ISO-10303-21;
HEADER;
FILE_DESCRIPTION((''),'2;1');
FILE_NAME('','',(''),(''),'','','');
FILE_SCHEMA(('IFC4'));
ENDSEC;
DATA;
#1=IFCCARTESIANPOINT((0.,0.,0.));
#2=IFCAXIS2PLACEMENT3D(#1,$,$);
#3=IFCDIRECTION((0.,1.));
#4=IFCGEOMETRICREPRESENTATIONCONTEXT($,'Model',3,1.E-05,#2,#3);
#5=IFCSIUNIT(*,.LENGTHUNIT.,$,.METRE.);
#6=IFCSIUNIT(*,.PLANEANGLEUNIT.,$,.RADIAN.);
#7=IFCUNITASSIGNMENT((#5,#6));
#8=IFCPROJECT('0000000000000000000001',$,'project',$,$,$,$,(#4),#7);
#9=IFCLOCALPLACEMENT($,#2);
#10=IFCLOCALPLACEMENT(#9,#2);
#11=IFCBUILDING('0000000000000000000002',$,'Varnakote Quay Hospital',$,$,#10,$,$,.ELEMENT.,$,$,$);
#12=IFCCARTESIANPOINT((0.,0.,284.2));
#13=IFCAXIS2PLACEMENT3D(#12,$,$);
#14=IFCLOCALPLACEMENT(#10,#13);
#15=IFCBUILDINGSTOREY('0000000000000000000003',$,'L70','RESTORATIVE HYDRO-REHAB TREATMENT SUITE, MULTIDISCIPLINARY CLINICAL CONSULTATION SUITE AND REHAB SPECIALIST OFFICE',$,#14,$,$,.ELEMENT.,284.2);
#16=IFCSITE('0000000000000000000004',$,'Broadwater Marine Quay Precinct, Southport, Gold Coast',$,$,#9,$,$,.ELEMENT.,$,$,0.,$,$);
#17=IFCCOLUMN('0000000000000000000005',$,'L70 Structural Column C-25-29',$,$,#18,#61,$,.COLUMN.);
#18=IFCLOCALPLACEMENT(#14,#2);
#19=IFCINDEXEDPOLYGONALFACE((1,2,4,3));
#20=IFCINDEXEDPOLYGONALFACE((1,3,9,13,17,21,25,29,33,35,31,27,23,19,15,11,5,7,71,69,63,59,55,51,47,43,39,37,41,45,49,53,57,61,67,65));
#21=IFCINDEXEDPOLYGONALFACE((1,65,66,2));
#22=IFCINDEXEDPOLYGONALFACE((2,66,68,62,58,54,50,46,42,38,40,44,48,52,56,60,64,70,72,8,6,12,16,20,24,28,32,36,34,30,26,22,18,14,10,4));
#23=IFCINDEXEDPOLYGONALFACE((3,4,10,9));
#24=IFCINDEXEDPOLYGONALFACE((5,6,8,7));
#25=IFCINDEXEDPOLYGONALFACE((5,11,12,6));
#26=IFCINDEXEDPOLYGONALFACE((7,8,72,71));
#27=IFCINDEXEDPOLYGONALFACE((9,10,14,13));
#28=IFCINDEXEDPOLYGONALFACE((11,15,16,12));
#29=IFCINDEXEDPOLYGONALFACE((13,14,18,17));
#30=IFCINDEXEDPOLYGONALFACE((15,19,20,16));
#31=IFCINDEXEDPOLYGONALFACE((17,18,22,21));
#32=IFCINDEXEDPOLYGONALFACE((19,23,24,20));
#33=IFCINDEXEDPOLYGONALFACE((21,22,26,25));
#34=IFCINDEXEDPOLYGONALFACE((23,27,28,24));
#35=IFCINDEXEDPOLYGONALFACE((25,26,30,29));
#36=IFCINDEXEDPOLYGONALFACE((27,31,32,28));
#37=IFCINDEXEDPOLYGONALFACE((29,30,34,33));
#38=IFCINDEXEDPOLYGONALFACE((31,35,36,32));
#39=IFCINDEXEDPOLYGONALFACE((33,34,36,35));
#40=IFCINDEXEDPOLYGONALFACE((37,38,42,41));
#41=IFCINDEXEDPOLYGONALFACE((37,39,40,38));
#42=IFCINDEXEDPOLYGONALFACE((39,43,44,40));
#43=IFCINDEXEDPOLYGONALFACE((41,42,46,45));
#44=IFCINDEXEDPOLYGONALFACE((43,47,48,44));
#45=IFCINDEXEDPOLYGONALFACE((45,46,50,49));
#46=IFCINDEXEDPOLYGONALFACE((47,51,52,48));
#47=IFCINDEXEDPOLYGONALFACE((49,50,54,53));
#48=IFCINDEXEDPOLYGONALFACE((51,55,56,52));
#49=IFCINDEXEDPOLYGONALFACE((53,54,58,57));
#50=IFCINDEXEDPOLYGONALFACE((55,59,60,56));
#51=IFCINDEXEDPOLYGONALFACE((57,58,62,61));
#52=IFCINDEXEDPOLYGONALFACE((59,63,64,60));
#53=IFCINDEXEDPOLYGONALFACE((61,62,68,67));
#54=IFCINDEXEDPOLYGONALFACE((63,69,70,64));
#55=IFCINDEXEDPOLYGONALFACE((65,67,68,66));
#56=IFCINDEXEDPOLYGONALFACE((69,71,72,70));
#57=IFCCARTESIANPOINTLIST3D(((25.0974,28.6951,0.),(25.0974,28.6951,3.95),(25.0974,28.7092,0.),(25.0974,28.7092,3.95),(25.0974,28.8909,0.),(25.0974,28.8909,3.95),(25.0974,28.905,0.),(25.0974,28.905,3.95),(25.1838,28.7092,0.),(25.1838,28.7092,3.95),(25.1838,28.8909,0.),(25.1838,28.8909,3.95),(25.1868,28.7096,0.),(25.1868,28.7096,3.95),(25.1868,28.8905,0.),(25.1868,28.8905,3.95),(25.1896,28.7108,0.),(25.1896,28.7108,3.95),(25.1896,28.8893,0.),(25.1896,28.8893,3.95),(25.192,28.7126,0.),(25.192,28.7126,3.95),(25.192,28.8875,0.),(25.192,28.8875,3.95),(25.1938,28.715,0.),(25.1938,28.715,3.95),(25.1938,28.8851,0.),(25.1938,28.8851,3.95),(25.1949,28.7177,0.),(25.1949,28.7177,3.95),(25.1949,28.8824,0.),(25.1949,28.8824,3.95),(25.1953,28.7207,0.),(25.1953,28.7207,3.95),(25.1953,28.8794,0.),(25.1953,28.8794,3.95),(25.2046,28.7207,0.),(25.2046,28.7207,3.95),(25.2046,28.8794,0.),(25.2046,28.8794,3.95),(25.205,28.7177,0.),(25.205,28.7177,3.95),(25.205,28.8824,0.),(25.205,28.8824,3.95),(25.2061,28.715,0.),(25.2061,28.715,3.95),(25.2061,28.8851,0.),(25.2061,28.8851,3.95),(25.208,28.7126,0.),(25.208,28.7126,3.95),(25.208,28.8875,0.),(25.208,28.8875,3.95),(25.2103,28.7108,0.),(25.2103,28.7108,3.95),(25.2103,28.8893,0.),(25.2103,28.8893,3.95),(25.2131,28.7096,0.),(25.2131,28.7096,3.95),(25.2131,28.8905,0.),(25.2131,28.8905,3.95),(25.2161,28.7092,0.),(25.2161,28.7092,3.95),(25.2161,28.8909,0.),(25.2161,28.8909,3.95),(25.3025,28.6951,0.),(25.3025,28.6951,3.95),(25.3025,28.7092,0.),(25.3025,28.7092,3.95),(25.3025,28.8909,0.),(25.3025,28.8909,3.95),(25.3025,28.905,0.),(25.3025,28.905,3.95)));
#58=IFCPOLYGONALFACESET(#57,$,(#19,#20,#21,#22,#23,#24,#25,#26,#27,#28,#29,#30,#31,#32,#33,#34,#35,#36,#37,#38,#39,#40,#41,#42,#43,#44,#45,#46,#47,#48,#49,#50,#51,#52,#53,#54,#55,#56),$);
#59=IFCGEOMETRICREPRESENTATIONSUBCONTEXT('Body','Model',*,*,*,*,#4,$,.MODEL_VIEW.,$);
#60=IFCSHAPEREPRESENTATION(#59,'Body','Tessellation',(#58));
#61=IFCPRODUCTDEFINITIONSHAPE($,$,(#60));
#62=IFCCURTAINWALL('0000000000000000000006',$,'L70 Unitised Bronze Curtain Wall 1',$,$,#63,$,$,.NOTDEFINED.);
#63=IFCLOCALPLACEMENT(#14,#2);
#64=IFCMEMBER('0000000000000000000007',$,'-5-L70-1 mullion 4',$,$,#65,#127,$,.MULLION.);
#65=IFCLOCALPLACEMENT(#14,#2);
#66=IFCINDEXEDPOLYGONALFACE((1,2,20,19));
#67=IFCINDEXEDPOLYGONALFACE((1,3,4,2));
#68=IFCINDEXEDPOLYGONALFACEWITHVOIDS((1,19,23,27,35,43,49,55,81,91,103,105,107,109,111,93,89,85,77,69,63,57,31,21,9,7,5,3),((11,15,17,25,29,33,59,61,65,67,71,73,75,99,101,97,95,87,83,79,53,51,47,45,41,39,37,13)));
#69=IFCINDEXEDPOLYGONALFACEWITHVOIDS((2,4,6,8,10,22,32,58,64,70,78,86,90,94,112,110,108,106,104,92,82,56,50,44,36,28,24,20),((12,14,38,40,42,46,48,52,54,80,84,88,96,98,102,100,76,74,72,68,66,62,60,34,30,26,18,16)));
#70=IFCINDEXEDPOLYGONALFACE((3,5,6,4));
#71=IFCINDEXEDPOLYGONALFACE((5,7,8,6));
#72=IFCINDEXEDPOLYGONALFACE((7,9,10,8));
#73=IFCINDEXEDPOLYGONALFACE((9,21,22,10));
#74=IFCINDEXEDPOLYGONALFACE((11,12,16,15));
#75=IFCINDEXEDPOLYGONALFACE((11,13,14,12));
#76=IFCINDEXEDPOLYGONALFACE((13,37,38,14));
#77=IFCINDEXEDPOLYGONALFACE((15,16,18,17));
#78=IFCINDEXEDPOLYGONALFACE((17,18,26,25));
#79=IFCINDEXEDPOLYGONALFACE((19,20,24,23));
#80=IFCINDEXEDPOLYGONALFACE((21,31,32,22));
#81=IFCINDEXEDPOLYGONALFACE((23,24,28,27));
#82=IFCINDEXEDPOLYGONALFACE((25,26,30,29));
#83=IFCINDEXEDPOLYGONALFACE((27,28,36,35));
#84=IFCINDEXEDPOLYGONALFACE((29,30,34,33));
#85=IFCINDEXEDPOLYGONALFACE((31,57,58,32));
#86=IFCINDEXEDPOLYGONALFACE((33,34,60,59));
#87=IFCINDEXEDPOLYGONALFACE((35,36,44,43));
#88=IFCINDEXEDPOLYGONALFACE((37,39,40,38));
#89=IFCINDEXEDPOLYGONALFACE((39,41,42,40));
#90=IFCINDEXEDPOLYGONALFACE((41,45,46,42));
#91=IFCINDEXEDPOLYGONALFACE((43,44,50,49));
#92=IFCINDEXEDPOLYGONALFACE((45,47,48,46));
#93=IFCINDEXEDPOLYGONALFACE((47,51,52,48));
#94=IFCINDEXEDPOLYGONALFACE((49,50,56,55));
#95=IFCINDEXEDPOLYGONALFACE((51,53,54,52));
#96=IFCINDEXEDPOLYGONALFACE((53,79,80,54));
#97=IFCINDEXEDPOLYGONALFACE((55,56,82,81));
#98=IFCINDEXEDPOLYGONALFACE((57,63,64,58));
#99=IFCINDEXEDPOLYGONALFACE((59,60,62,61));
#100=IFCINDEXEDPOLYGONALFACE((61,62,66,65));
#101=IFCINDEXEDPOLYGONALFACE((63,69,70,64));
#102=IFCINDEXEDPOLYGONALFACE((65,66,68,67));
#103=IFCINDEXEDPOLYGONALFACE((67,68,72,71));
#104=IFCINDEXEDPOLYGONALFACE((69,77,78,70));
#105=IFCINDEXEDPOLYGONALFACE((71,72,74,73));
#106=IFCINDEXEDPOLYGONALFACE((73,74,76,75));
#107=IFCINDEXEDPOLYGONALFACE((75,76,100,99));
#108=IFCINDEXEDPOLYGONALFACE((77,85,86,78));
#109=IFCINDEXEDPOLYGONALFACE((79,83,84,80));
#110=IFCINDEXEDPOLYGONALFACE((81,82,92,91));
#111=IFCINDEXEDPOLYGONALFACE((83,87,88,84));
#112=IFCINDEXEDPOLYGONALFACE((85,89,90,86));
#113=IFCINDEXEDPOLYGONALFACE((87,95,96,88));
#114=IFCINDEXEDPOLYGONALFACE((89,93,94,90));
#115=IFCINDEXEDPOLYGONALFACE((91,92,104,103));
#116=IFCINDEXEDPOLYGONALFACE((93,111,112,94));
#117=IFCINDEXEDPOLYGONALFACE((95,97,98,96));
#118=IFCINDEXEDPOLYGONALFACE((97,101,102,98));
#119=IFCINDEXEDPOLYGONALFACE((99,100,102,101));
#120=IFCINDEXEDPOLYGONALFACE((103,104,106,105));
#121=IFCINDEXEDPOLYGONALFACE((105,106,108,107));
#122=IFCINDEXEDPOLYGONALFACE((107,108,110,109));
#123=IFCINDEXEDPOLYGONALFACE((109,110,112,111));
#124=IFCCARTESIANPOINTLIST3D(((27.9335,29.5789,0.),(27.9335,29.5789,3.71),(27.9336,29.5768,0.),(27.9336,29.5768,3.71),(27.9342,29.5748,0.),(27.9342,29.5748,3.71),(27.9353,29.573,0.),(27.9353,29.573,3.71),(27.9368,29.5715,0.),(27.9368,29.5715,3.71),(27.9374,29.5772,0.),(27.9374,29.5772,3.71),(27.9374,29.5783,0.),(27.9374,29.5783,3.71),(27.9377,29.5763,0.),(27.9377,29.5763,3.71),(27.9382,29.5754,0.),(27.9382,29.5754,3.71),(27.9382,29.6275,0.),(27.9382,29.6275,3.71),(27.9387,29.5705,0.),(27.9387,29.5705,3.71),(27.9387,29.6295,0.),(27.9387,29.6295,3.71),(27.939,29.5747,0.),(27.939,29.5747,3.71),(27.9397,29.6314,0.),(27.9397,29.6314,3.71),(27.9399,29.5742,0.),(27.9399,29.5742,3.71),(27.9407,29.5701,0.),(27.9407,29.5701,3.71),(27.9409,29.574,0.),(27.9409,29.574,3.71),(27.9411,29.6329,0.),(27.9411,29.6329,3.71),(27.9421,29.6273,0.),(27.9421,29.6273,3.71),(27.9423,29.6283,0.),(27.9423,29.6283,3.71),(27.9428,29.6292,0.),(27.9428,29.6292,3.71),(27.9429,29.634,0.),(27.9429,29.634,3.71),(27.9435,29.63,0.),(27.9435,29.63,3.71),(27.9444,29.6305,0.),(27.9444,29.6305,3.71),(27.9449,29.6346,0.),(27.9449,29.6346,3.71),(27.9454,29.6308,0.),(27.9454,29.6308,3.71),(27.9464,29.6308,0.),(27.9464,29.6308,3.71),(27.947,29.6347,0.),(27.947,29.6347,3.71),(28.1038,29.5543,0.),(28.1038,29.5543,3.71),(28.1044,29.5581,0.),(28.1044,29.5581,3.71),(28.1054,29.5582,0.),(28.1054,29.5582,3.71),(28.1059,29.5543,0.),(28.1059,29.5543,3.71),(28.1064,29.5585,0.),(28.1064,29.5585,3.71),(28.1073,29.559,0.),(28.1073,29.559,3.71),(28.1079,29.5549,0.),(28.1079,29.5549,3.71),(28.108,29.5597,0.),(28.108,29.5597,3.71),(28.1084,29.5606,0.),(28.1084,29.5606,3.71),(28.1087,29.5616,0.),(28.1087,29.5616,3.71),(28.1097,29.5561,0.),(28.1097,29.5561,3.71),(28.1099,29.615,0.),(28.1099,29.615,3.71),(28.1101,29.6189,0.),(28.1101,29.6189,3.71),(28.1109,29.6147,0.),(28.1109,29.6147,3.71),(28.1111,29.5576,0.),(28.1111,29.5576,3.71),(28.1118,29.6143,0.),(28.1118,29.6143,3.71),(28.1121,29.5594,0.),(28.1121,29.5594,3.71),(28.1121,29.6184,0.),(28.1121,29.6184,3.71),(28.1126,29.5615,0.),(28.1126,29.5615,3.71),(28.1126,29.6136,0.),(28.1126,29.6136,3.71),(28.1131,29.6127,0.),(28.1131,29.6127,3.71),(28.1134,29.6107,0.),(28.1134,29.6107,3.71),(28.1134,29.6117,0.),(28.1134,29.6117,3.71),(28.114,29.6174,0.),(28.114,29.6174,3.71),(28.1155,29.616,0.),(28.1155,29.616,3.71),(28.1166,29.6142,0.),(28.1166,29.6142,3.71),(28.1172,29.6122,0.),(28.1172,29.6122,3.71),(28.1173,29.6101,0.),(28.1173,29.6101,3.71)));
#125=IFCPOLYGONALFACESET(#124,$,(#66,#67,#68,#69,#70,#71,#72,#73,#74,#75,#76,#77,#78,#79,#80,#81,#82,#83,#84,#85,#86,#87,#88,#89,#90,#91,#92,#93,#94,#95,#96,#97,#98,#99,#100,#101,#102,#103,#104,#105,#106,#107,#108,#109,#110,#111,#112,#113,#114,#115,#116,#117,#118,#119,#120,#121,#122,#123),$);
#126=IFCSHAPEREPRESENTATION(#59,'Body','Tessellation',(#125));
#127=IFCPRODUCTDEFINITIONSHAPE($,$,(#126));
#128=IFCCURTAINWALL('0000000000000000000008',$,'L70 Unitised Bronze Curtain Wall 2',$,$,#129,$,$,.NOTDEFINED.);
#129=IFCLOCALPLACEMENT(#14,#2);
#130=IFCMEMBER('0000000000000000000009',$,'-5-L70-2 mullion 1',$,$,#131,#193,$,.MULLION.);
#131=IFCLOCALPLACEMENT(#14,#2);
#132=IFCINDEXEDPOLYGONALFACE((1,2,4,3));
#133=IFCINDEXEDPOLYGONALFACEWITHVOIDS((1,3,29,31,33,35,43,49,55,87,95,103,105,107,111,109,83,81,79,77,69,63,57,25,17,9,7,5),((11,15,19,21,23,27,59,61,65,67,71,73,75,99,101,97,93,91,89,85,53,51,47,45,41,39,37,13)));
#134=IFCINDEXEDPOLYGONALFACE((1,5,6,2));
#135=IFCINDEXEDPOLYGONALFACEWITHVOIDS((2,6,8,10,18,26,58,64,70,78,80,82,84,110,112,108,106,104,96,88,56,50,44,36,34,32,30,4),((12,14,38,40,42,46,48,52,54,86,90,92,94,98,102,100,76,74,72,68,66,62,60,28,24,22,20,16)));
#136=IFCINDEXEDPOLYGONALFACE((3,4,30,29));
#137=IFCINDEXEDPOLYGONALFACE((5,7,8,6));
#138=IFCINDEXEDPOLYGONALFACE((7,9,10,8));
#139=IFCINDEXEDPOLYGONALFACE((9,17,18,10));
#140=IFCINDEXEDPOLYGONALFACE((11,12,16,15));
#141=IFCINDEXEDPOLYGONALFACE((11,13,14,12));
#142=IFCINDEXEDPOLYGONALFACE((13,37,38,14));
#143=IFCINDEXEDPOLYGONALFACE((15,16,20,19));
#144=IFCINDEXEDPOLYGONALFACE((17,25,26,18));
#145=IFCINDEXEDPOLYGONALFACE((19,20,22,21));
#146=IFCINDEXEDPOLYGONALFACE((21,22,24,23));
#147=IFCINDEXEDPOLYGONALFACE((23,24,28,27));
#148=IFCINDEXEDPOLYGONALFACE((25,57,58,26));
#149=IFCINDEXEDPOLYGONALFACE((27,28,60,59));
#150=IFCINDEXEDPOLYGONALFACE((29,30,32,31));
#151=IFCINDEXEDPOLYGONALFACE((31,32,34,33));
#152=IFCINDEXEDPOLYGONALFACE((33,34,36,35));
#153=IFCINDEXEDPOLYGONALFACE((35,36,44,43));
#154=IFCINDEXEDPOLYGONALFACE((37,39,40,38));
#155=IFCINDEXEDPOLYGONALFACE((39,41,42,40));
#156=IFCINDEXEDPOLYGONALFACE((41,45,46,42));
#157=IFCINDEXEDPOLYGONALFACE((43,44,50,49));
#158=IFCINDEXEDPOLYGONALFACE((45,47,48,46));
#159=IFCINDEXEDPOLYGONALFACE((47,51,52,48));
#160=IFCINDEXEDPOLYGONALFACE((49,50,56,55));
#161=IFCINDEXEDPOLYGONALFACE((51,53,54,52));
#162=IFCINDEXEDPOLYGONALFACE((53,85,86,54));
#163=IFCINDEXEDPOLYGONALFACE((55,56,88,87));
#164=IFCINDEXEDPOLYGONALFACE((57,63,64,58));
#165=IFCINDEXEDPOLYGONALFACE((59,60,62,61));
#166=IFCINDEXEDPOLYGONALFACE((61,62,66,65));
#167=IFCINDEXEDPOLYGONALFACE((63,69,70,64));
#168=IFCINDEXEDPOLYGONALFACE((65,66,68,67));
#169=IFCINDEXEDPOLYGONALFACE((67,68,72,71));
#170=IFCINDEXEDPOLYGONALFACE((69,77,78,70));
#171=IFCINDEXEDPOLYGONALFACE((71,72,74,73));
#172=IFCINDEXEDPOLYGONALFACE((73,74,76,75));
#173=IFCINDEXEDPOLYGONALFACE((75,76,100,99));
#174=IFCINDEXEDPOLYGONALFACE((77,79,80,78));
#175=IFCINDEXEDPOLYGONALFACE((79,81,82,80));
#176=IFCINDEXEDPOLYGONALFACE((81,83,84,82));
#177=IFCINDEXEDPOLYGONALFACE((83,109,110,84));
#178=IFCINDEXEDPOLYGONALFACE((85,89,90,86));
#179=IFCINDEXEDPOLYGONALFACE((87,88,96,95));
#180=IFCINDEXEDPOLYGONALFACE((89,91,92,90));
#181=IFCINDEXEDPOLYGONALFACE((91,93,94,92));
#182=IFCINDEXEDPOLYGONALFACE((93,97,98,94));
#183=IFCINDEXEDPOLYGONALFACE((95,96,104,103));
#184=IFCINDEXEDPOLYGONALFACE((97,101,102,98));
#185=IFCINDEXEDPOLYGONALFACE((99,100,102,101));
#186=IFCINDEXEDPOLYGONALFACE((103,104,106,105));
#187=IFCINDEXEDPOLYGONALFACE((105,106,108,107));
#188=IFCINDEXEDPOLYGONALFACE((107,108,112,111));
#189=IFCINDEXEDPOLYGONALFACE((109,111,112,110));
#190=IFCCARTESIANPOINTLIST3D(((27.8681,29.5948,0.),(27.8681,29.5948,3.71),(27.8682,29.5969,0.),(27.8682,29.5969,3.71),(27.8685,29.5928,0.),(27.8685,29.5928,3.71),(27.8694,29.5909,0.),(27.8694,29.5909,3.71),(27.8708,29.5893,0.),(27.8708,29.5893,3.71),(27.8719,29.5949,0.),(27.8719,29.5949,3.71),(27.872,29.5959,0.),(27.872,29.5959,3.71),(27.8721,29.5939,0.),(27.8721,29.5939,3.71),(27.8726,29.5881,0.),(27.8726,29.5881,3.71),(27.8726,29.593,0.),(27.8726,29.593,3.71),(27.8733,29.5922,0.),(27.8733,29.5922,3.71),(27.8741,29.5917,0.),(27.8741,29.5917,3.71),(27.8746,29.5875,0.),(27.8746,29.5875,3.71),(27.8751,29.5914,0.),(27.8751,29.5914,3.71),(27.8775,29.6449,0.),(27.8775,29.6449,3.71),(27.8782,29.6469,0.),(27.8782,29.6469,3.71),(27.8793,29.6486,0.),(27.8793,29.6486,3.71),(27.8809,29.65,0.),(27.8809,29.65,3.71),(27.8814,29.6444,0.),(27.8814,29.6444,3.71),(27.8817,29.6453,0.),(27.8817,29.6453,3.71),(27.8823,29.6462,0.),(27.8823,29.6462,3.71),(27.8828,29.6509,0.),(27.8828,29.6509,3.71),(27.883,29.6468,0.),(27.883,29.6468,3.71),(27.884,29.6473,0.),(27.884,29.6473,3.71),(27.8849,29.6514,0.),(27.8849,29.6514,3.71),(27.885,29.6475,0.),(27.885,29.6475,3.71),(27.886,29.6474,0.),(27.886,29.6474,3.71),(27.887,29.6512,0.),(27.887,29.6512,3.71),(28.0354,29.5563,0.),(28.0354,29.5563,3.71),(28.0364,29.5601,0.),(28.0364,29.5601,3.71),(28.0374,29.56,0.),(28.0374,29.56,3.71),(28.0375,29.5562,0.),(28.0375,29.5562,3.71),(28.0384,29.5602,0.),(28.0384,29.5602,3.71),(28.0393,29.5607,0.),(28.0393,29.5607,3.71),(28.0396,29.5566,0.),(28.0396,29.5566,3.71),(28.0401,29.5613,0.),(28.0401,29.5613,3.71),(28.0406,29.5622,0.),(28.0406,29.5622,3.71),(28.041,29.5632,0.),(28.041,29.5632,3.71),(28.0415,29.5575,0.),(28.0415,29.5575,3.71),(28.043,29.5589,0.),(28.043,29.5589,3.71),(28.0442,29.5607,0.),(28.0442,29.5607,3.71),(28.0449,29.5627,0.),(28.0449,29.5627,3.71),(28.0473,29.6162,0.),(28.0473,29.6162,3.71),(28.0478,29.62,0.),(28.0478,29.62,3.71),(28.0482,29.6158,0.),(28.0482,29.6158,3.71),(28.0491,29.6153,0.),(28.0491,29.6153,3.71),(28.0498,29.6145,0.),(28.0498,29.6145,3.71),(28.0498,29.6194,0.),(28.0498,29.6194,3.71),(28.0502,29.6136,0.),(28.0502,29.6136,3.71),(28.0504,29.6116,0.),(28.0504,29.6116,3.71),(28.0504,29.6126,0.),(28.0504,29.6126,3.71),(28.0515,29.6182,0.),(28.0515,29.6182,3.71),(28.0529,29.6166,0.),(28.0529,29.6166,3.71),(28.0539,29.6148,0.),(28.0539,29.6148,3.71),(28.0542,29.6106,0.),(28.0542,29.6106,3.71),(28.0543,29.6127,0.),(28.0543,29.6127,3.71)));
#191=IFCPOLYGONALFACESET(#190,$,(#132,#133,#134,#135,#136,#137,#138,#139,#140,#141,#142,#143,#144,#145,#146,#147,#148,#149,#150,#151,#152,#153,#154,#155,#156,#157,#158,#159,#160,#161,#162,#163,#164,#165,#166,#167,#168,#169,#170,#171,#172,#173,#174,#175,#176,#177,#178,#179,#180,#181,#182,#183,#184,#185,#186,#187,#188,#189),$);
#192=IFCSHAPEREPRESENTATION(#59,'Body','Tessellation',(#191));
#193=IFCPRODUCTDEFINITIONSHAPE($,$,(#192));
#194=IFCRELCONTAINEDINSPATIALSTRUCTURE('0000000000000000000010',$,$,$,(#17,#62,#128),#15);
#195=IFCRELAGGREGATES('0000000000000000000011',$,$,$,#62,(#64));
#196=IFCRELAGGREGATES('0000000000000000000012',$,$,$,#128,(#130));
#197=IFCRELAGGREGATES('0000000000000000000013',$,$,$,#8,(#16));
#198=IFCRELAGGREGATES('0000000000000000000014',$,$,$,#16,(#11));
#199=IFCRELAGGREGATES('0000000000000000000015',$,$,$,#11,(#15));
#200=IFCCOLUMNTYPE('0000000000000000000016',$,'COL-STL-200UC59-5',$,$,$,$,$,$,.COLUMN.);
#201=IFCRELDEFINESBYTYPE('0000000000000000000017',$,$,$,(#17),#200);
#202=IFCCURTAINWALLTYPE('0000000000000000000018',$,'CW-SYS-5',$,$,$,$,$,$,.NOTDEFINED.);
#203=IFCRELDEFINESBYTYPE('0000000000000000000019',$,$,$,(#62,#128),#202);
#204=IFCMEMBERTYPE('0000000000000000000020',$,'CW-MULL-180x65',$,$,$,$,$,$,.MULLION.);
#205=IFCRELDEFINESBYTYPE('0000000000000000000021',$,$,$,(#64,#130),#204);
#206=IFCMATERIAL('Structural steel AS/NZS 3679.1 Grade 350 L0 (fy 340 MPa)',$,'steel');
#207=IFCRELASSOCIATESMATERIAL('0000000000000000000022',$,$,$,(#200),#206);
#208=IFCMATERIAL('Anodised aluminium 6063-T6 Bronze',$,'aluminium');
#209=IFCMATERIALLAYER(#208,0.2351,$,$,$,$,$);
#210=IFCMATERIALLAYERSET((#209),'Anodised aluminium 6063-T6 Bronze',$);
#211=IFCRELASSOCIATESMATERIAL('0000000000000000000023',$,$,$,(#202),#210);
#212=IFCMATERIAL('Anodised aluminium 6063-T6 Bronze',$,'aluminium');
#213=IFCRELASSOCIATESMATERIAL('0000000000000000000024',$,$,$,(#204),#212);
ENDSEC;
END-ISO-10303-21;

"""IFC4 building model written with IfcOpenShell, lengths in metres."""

from ifc_helpers import new_model, si_unit, direction, frame, origin, origin_2d, place, context, subcontext, project, spatial, hollow_rectangle, i_section, extrude, material, layer, layer_set, material_profile, profile_set, type_object, element, aggregate, save


model = new_model("IFC4")

# Units and contexts
model_context = context("Model", 3, precision=1e-05, world=origin(), true_north=direction((0.0, 1.0)))
body_context = subcontext(model_context, "Body", "Model", "MODEL_VIEW")
ifc_project = project(units=[si_unit("LENGTHUNIT", "METRE"), si_unit("PLANEANGLEUNIT", "RADIAN")], contexts=[model_context])

# Site, building, storey
site_placement = place(None, origin())
site = spatial("IfcSite", under=ifc_project, at=site_placement, Name="Broadwater Marine Quay Precinct, Southport, Gold Coast", CompositionType="ELEMENT", RefElevation=0.0)
building_placement = place(site_placement, origin())
building = spatial("IfcBuilding", under=site, at=building_placement, Name="Varnakote Quay Hospital", CompositionType="ELEMENT")
storey_placement = place(building_placement, frame((0.0, 0.0, 284.2)))
storey = spatial("IfcBuildingStorey", under=building, at=storey_placement, Name="L70", Description="RESTORATIVE HYDRO-REHAB TREATMENT SUITE, MULTIDISCIPLINARY CLINICAL CONSULTATION SUITE AND REHAB SPECIALIST OFFICE", CompositionType="ELEMENT", Elevation=284.2)

# Column
ifc_material_1 = material(Name="Structural steel AS/NZS 3679.1 Grade 350 L0 (fy 340 MPa)", Category="steel")
ifc_material_profile_1 = material_profile(ifc_material_1, i_section(OverallWidth=0.2051, OverallDepth=0.21, WebThickness=0.0093, FlangeThickness=0.0142, FilletRadius=0.0115, at=origin_2d()), Name="200UC59.5")
ifc_profile_set_1 = profile_set([ifc_material_profile_1], Name="Structural steel AS/NZS 3679.1 Grade 350 L0 (fy 340 MPa)")
column_type = type_object("IfcColumnType", Name="COL-STL-200UC59-5", PredefinedType="COLUMN", material=ifc_profile_set_1)
column_placement = place(storey_placement, frame((25.2, 28.8, 0.0), z_axis=(0.0, 0.0, 1.0), x_axis=(1.0, 0.0, 0.0)))
element("IfcColumn", 1, at=column_placement, inside=storey, type_object=column_type, Name="L70 Structural Column C-25-29", PredefinedType="COLUMN", context=body_context, shape_type="SweptSolid", body=[
    extrude(i_section(OverallWidth=0.2051, OverallDepth=0.21, WebThickness=0.0093, FlangeThickness=0.0142, FilletRadius=0.0115, at=origin_2d()), origin(), (0.0, 0.0, 1.0), 3.95),
])

# Curtain wall, member
ifc_material_2 = material(Name="Anodised aluminium 6063-T6 Bronze", Category="aluminium")
ifc_layer_1 = layer(ifc_material_2, 0.2351)
ifc_layer_set_1 = layer_set([ifc_layer_1], Name="Anodised aluminium 6063-T6 Bronze")
curtain_wall_type = type_object("IfcCurtainWallType", Name="CW-SYS-5", PredefinedType="NOTDEFINED", material=ifc_layer_set_1)
curtain_wall_1_placement = place(storey_placement, origin())
curtain_wall_1 = element("IfcCurtainWall", 2, at=curtain_wall_1_placement, inside=storey, type_object=curtain_wall_type, Name="L70 Unitised Bronze Curtain Wall 1", PredefinedType="NOTDEFINED")
ifc_material_3 = material(Name="Anodised aluminium 6063-T6 Bronze", Category="aluminium")
ifc_material_profile_2 = material_profile(ifc_material_3, hollow_rectangle(XDim=0.0649, YDim=0.1799, WallThickness=0.0039, InnerFilletRadius=0.0039, OuterFilletRadius=0.0081, at=origin_2d()), Name="CW-MULL-180x65")
ifc_profile_set_2 = profile_set([ifc_material_profile_2], Name="Anodised aluminium 6063-T6 Bronze")
member_type_1 = type_object("IfcMemberType", Name="CW-MULL-180x65", PredefinedType="MULLION", material=ifc_profile_set_2)
member_1_placement = place(storey_placement, frame((28.0254, 29.5945, 0.0), z_axis=(0.0, 0.0, 1.0), x_axis=(-0.096569, -0.995326, 0.0)))
member_1 = element("IfcMember", 3, at=member_1_placement, type_object=member_type_1, Name="-5-L70-1 mullion 4", PredefinedType="MULLION", context=body_context, shape_type="SweptSolid", body=[
    extrude(hollow_rectangle(XDim=0.0649, YDim=0.1799, WallThickness=0.0039, InnerFilletRadius=0.0039, OuterFilletRadius=0.0081, at=origin_2d()), origin(), (0.0, 0.0, 1.0), 3.71),
])

# Curtain wall, member
curtain_wall_2_placement = place(storey_placement, origin())
curtain_wall_2 = element("IfcCurtainWall", 4, at=curtain_wall_2_placement, inside=storey, type_object=curtain_wall_type, Name="L70 Unitised Bronze Curtain Wall 2", PredefinedType="NOTDEFINED")
member_2_placement = place(storey_placement, frame((27.9612, 29.6038, 0.0), z_axis=(0.0, 0.0, 1.0), x_axis=(-0.190434, -0.9817, 0.0)))
member_2 = element("IfcMember", 5, at=member_2_placement, type_object=member_type_1, Name="-5-L70-2 mullion 1", PredefinedType="MULLION", context=body_context, shape_type="SweptSolid", body=[
    extrude(hollow_rectangle(XDim=0.0649, YDim=0.1799, WallThickness=0.0039, InnerFilletRadius=0.0039, OuterFilletRadius=0.0081, at=origin_2d()), origin(), (0.0, 0.0, 1.0), 3.71),
])

aggregate(curtain_wall_1, [member_1])
aggregate(curtain_wall_2, [member_2])

save(model, "model.ifc")
